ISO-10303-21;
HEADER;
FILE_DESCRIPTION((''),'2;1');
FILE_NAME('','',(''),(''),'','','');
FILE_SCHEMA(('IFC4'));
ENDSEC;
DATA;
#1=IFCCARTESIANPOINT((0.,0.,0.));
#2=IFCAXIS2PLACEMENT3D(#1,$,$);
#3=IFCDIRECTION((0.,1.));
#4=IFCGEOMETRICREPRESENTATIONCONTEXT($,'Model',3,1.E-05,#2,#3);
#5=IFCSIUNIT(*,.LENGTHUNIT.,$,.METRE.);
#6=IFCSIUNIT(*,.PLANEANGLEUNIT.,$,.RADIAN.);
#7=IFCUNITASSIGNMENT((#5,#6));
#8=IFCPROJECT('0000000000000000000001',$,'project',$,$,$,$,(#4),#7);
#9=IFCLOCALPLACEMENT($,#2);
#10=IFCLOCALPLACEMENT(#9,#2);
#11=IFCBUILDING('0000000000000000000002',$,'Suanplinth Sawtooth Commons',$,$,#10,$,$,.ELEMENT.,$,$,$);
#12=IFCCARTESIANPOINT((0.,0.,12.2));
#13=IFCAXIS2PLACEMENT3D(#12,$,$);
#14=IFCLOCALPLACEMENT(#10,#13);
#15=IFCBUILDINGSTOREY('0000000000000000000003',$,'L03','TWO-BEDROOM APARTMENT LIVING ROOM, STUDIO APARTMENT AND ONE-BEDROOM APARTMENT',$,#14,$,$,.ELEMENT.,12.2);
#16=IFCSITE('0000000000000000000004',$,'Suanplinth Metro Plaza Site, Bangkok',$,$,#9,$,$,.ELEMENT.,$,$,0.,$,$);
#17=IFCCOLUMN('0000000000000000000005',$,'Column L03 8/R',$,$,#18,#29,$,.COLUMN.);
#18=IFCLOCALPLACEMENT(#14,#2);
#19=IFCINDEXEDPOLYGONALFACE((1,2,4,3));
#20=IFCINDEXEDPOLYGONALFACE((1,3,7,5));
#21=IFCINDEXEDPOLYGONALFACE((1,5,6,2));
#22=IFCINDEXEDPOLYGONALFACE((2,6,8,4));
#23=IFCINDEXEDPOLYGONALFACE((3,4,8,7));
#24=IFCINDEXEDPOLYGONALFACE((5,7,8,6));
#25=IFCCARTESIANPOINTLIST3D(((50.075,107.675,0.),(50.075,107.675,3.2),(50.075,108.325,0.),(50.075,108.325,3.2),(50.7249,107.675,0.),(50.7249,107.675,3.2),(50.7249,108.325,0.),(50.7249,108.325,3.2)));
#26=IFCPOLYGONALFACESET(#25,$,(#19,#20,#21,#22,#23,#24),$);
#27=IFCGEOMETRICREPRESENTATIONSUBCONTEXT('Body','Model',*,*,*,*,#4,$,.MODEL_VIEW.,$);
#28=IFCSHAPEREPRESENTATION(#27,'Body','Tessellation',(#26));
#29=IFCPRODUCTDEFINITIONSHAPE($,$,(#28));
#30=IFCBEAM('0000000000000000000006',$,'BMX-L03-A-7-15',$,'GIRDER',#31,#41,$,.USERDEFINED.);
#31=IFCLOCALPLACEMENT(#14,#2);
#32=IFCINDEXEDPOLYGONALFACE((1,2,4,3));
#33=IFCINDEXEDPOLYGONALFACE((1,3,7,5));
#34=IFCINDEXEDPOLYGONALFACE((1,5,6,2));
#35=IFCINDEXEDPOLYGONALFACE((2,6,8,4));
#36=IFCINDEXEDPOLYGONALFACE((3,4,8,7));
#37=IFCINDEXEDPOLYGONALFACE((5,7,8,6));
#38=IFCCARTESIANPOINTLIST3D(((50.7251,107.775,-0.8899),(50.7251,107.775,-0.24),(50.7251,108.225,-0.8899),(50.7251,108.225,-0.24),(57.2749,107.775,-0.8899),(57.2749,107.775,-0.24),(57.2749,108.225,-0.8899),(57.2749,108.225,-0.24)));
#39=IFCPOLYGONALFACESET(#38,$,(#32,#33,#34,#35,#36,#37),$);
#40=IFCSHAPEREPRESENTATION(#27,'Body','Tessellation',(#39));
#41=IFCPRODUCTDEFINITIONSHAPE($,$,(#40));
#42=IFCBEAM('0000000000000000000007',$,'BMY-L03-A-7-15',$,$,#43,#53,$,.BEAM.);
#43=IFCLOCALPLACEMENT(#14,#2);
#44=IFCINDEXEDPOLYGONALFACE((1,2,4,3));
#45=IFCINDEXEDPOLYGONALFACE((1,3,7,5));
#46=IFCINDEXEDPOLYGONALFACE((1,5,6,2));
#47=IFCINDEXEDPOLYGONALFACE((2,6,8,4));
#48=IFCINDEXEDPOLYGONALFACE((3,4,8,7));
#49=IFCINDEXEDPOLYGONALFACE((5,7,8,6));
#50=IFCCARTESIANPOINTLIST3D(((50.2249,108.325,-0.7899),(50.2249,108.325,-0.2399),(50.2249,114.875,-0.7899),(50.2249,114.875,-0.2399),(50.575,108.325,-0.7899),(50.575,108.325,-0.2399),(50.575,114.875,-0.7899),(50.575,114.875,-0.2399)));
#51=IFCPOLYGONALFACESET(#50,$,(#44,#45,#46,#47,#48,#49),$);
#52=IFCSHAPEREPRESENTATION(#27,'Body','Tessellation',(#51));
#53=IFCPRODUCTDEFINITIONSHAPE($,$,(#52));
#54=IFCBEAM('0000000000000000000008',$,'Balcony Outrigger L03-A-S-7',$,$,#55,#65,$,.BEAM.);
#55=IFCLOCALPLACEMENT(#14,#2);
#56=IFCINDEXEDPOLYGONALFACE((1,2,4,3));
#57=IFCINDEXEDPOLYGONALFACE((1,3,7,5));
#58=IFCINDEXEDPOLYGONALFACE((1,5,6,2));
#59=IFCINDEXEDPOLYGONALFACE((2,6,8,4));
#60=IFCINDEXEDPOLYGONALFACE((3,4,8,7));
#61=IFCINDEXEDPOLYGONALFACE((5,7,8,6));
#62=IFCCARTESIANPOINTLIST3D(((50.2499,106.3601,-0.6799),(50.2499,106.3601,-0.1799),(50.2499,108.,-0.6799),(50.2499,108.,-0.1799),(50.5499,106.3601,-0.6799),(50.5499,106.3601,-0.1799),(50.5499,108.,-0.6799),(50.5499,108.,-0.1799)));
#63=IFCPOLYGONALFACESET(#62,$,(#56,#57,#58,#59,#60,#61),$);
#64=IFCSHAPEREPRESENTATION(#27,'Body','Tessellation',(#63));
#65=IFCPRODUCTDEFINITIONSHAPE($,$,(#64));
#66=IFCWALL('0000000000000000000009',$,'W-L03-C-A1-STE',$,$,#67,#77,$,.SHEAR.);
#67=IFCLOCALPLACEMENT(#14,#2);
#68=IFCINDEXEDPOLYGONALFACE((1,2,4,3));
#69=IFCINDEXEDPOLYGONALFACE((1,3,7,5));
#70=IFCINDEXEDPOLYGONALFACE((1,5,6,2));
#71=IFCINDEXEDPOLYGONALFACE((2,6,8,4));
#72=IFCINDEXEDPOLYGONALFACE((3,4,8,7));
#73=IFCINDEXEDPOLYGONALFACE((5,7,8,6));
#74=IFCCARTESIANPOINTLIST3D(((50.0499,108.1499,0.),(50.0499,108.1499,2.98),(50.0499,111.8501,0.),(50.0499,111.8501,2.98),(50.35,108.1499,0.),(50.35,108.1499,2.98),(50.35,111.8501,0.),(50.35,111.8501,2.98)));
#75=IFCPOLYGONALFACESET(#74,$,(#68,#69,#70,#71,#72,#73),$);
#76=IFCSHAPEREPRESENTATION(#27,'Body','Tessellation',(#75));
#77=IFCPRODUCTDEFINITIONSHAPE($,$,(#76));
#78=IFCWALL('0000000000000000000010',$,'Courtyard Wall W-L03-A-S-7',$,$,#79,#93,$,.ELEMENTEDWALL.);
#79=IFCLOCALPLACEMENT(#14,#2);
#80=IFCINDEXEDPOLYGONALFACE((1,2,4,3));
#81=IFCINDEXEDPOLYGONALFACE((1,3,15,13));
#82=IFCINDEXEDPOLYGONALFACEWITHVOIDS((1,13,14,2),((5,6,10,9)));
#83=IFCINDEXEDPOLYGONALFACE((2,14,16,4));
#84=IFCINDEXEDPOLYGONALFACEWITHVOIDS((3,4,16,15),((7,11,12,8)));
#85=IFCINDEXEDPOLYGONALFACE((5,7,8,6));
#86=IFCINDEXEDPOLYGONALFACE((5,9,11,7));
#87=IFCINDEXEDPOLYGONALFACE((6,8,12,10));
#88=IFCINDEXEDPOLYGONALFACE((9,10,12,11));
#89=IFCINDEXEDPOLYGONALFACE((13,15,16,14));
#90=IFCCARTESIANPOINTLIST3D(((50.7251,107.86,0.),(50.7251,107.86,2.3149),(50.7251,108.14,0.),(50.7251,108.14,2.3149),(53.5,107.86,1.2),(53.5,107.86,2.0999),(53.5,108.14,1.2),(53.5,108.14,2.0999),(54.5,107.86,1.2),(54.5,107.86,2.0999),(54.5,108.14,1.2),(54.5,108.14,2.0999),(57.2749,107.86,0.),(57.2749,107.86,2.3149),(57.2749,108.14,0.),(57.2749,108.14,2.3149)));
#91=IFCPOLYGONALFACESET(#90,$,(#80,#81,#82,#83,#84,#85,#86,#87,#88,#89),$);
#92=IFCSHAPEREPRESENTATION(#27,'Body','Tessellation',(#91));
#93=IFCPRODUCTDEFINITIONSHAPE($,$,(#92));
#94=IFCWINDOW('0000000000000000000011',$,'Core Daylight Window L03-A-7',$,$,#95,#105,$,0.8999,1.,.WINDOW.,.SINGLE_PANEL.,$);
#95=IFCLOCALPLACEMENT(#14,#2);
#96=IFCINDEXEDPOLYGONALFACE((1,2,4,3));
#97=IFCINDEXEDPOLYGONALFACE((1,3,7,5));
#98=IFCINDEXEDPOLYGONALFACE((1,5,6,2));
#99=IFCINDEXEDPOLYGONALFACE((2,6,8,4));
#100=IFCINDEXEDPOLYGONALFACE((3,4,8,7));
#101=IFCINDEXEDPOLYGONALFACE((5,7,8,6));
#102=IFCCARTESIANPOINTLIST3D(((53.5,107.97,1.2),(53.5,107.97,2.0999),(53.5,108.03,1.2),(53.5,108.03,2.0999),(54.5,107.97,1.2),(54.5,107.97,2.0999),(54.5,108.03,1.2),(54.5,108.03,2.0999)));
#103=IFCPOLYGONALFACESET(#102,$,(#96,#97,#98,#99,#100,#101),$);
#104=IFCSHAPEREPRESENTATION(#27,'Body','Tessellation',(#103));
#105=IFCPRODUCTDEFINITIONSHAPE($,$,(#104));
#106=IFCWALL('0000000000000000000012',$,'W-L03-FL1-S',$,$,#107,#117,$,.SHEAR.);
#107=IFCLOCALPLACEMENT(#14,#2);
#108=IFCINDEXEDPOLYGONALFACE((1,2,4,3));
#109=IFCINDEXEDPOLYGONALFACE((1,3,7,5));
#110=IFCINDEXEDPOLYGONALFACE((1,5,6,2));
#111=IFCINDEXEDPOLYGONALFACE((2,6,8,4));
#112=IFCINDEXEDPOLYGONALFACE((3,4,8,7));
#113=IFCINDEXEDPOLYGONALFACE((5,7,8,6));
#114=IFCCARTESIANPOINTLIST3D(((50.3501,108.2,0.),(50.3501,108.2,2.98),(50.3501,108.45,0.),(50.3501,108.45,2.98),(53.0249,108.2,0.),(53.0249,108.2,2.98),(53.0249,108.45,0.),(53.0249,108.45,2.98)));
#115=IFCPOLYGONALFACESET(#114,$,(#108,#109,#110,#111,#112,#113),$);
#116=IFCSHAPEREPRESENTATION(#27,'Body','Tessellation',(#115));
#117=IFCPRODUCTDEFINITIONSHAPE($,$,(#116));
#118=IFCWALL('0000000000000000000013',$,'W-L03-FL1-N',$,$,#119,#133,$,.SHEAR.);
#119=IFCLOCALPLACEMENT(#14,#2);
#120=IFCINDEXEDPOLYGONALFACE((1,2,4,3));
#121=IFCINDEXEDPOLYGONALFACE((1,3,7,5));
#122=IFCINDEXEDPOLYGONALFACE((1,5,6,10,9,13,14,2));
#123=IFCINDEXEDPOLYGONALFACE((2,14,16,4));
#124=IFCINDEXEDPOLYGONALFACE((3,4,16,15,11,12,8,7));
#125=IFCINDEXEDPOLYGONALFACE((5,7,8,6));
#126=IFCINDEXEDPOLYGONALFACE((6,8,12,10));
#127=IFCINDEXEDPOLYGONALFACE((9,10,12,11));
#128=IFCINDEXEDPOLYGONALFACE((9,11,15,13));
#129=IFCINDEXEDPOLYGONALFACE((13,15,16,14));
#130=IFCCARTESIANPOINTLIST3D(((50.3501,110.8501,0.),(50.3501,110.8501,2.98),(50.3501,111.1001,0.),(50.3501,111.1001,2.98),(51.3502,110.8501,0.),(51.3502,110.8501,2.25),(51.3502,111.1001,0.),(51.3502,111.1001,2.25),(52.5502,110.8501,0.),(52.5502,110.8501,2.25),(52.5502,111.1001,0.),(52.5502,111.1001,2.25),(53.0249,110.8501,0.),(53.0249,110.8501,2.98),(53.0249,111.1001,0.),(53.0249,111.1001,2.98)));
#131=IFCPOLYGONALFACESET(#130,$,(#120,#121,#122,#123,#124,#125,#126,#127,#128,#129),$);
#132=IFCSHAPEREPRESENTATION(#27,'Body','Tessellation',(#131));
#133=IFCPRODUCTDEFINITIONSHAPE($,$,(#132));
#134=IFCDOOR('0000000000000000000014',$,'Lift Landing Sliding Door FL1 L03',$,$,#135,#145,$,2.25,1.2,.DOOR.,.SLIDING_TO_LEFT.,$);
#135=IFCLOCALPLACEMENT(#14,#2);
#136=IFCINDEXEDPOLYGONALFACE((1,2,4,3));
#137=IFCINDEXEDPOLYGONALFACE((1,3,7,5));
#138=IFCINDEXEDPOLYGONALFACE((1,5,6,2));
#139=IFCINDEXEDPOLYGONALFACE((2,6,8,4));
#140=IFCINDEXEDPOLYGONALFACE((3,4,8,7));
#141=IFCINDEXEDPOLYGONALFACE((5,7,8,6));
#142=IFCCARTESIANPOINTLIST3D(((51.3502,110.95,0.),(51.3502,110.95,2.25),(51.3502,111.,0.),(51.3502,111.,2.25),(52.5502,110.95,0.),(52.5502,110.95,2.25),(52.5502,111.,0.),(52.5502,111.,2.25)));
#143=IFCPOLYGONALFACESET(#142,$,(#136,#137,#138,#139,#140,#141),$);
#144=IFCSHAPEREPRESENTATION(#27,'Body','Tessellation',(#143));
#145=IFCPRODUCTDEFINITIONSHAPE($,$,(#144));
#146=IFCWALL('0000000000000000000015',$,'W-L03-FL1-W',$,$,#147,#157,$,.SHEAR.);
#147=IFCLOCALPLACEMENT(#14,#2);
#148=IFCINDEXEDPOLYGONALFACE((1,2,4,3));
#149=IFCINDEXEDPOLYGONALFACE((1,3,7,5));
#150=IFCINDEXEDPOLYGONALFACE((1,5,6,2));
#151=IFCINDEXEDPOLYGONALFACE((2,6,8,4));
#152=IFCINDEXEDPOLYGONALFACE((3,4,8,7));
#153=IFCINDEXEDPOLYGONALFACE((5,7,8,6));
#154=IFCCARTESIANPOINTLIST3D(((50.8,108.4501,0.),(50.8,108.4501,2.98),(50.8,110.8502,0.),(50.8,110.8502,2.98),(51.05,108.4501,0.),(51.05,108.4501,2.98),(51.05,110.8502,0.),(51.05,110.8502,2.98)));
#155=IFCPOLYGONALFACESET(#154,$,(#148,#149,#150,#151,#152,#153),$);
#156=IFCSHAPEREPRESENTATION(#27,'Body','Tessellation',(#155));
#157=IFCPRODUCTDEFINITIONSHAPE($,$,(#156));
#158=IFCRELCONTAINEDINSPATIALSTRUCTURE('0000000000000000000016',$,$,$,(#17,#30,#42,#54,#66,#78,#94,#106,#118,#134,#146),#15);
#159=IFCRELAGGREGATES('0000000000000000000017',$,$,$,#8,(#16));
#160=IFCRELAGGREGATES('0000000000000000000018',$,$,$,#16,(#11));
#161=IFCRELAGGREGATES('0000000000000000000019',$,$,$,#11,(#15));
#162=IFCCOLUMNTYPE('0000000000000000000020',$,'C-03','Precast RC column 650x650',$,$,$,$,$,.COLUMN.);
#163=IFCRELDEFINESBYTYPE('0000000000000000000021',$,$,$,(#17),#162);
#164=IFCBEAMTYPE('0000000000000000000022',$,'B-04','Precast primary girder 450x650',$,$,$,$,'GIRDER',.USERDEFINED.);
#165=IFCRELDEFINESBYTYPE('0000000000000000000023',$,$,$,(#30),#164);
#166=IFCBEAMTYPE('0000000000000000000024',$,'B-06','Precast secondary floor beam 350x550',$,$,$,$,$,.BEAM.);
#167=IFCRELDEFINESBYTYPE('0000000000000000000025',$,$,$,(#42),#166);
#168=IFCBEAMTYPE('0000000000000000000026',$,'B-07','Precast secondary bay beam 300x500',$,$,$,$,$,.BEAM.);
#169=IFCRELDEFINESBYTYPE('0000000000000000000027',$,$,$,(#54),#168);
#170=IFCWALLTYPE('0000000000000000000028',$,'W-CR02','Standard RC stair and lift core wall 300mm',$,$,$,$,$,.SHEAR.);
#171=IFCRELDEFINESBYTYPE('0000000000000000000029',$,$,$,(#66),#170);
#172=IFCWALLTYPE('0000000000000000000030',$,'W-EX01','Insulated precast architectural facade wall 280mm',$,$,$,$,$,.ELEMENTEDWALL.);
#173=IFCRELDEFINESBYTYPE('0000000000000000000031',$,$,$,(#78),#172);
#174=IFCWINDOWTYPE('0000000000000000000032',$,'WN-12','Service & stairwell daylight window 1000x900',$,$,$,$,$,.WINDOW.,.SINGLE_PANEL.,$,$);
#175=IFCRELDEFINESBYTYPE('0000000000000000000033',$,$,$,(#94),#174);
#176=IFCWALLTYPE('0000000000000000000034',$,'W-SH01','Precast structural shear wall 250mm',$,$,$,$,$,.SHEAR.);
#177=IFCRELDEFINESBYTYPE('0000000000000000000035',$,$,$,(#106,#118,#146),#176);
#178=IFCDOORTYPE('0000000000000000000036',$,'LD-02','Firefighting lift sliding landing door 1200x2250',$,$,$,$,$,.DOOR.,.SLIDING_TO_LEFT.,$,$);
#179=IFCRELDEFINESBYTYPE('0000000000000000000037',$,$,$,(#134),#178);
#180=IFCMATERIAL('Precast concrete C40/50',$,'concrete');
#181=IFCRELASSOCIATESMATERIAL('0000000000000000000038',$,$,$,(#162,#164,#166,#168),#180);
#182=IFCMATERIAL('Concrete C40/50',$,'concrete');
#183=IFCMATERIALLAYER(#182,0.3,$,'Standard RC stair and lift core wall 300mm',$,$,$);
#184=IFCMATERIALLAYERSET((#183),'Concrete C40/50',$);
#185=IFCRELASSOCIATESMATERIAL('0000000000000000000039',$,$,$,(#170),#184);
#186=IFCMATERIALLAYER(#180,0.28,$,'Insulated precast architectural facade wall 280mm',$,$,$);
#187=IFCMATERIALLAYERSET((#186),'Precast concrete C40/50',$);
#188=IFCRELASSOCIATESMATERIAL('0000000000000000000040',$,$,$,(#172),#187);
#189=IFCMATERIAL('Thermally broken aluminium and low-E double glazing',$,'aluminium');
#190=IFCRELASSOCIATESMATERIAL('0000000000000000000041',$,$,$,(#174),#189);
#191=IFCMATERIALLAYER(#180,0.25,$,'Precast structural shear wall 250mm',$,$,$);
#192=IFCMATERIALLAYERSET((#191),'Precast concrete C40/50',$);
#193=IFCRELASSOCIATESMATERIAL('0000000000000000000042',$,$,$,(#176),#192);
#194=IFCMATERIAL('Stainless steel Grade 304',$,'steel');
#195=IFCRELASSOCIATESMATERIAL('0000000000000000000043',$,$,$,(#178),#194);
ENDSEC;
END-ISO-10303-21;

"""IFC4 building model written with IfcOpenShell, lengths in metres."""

from ifc_helpers import new_model, si_unit, direction, frame, frame_2d, origin, origin_2d, place, context, subcontext, project, spatial, rectangle, extrude, material, layer, layer_set, material_profile, profile_set, type_object, element, fill, save


model = new_model("IFC4")

# Units and contexts
model_context = context("Model", 3, precision=1e-05, world=origin(), true_north=direction((0.0, 1.0)))
body_context = subcontext(model_context, "Body", "Model", "MODEL_VIEW")
ifc_project = project(units=[si_unit("LENGTHUNIT", "METRE"), si_unit("PLANEANGLEUNIT", "RADIAN")], contexts=[model_context])

# Site, building, storey
site_placement = place(None, origin())
site = spatial("IfcSite", under=ifc_project, at=site_placement, Name="Suanplinth Metro Plaza Site, Bangkok", CompositionType="ELEMENT", RefElevation=0.0)
building_placement = place(site_placement, origin())
building = spatial("IfcBuilding", under=site, at=building_placement, Name="Suanplinth Sawtooth Commons", CompositionType="ELEMENT")
storey_placement = place(building_placement, frame((0.0, 0.0, 12.2)))
storey = spatial("IfcBuildingStorey", under=building, at=storey_placement, Name="L03", Description="TWO-BEDROOM APARTMENT LIVING ROOM, STUDIO APARTMENT AND ONE-BEDROOM APARTMENT", CompositionType="ELEMENT", Elevation=12.2)

# Column
ifc_material_1 = material(Name="Precast concrete C40/50", Category="concrete")
ifc_material_profile_1 = material_profile(ifc_material_1, rectangle(XDim=0.6499, YDim=0.6499, at=origin_2d()), Name="PC-COL 650x650")
ifc_profile_set_1 = profile_set([ifc_material_profile_1], Name="Precast concrete C40/50")
column_type = type_object("IfcColumnType", Name="C-03", Description="Precast RC column 650x650", PredefinedType="COLUMN", material=ifc_profile_set_1)
column_placement = place(storey_placement, frame((50.3999, 108.0, 0.0), z_axis=(0.0, 0.0, 1.0), x_axis=(1.0, 0.0, 0.0)))
element("IfcColumn", 1, at=column_placement, inside=storey, type_object=column_type, Name="Column L03 8/R", PredefinedType="COLUMN", context=body_context, shape_type="SweptSolid", body=[
    extrude(rectangle(XDim=0.6499, YDim=0.6499, at=origin_2d()), origin(), (0.0, 0.0, 1.0), 3.2),
])

# Beams
ifc_material_profile_2 = material_profile(ifc_material_1, rectangle(XDim=0.45, YDim=0.6499, at=origin_2d()), Name="PC-GDR 450x650")
ifc_profile_set_2 = profile_set([ifc_material_profile_2], Name="Precast concrete C40/50")
beam_type_1 = type_object("IfcBeamType", Name="B-04", Description="Precast primary girder 450x650", ElementType="GIRDER", PredefinedType="USERDEFINED", material=ifc_profile_set_2)
beam_1_placement = place(storey_placement, frame((50.7251, 108.0, -0.5649), z_axis=(1.0, 0.0, 0.0), x_axis=(0.0, 1.0, 0.0)))
element("IfcBeam", 2, at=beam_1_placement, inside=storey, type_object=beam_type_1, Name="BMX-L03-A-7-15", ObjectType="GIRDER", PredefinedType="USERDEFINED", context=body_context, shape_type="SweptSolid", body=[
    extrude(rectangle(XDim=0.45, YDim=0.6499, at=origin_2d()), origin(), (0.0, 0.0, 1.0), 6.5498),
])
ifc_material_profile_3 = material_profile(ifc_material_1, rectangle(XDim=0.3501, YDim=0.55, at=origin_2d()), Name="PC-BM 350x550")
ifc_profile_set_3 = profile_set([ifc_material_profile_3], Name="Precast concrete C40/50")
beam_type_2 = type_object("IfcBeamType", Name="B-06", Description="Precast secondary floor beam 350x550", PredefinedType="BEAM", material=ifc_profile_set_3)
beam_2_placement = place(storey_placement, frame((50.3999, 108.325, -0.5149), z_axis=(0.0, 1.0, 0.0), x_axis=(-1.0, 0.0, 0.0)))
element("IfcBeam", 3, at=beam_2_placement, inside=storey, type_object=beam_type_2, Name="BMY-L03-A-7-15", PredefinedType="BEAM", context=body_context, shape_type="SweptSolid", body=[
    extrude(rectangle(XDim=0.3501, YDim=0.55, at=origin_2d()), origin(), (0.0, 0.0, 1.0), 6.55),
])
ifc_material_profile_4 = material_profile(ifc_material_1, rectangle(XDim=0.3, YDim=0.5, at=origin_2d()), Name="PC-BM 300x500")
ifc_profile_set_4 = profile_set([ifc_material_profile_4], Name="Precast concrete C40/50")
beam_type_3 = type_object("IfcBeamType", Name="B-07", Description="Precast secondary bay beam 300x500", PredefinedType="BEAM", material=ifc_profile_set_4)
beam_3_placement = place(storey_placement, frame((50.3999, 108.0, -0.4299), z_axis=(0.0, -1.0, 0.0), x_axis=(1.0, 0.0, 0.0)))
element("IfcBeam", 4, at=beam_3_placement, inside=storey, type_object=beam_type_3, Name="Balcony Outrigger L03-A-S-7", PredefinedType="BEAM", context=body_context, shape_type="SweptSolid", body=[
    extrude(rectangle(XDim=0.3, YDim=0.5, at=origin_2d()), origin(), (0.0, 0.0, 1.0), 1.6399),
])

# Wall
ifc_material_2 = material(Name="Concrete C40/50", Category="concrete")
ifc_layer_1 = layer(ifc_material_2, 0.3, Name="Standard RC stair and lift core wall 300mm")
ifc_layer_set_1 = layer_set([ifc_layer_1], Name="Concrete C40/50")
wall_type_1 = type_object("IfcWallType", Name="W-CR02", Description="Standard RC stair and lift core wall 300mm", PredefinedType="SHEAR", material=ifc_layer_set_1)
wall_1_placement = place(storey_placement, frame((50.2, 108.1499, 0.0), z_axis=(0.0, 0.0, 1.0), x_axis=(0.0, 1.0, 0.0)))
element("IfcWall", 5, at=wall_1_placement, inside=storey, type_object=wall_type_1, Name="W-L03-C-A1-STE", PredefinedType="SHEAR", context=body_context, shape_type="SweptSolid", body=[
    extrude(rectangle(XDim=3.7002, YDim=0.3, at=frame_2d((1.8501, 0.0))), origin(), (0.0, 0.0, 1.0), 2.98),
])

# Wall, opening, window
ifc_layer_2 = layer(ifc_material_1, 0.28, Name="Insulated precast architectural facade wall 280mm")
ifc_layer_set_2 = layer_set([ifc_layer_2], Name="Precast concrete C40/50")
wall_type_2 = type_object("IfcWallType", Name="W-EX01", Description="Insulated precast architectural facade wall 280mm", PredefinedType="ELEMENTEDWALL", material=ifc_layer_set_2)
wall_2_placement = place(storey_placement, frame((50.7251, 108.0, 0.0), z_axis=(0.0, 0.0, 1.0), x_axis=(1.0, 0.0, 0.0)))
wall_2 = element("IfcWall", 6, at=wall_2_placement, inside=storey, type_object=wall_type_2, Name="Courtyard Wall W-L03-A-S-7", PredefinedType="ELEMENTEDWALL", context=body_context, shape_type="SweptSolid", body=[
    extrude(rectangle(XDim=6.5498, YDim=0.28, at=frame_2d((3.2749, 0.0))), origin(), (0.0, 0.0, 1.0), 2.3149),
])
opening_1_placement = place(wall_2_placement, frame((2.7749, 0.0, 1.2)))
opening_1 = element("IfcOpeningElement", 7, at=opening_1_placement, cuts=wall_2, PredefinedType="OPENING", context=body_context, shape_type="SweptSolid", body=[
    extrude(rectangle(XDim=1.0, YDim=0.8999, at=frame_2d((0.5, 0.45))), frame((0.0, 0.1548, 0.0), z_axis=(0.0, -1.0, 0.0), x_axis=(1.0, 0.0, 0.0)), (0.0, 0.0, 1.0), 0.3098),
])
ifc_material_3 = material(Name="Thermally broken aluminium and low-E double glazing", Category="aluminium")
window_type = type_object("IfcWindowType", Name="WN-12", Description="Service & stairwell daylight window 1000x900", PartitioningType="SINGLE_PANEL", PredefinedType="WINDOW", material=ifc_material_3)
window_placement = place(opening_1_placement, origin())
window = element("IfcWindow", 8, at=window_placement, inside=storey, type_object=window_type, Name="Core Daylight Window L03-A-7", OverallHeight=0.8999, OverallWidth=1.0, PartitioningType="SINGLE_PANEL", PredefinedType="WINDOW", context=body_context, shape_type="SweptSolid", body=[
    extrude(rectangle(XDim=1.0, YDim=0.8999, at=frame_2d((0.5, 0.45))), frame((0.0, 0.03, 0.0), z_axis=(0.0, -1.0, 0.0), x_axis=(1.0, 0.0, 0.0)), (0.0, 0.0, 1.0), 0.0601),
])
fill(opening_1, window)

# Wall
ifc_layer_3 = layer(ifc_material_1, 0.25, Name="Precast structural shear wall 250mm")
ifc_layer_set_3 = layer_set([ifc_layer_3], Name="Precast concrete C40/50")
wall_type_3 = type_object("IfcWallType", Name="W-SH01", Description="Precast structural shear wall 250mm", PredefinedType="SHEAR", material=ifc_layer_set_3)
wall_3_placement = place(storey_placement, frame((50.3501, 108.325, 0.0), z_axis=(0.0, 0.0, 1.0), x_axis=(1.0, 0.0, 0.0)))
element("IfcWall", 9, at=wall_3_placement, inside=storey, type_object=wall_type_3, Name="W-L03-FL1-S", PredefinedType="SHEAR", context=body_context, shape_type="SweptSolid", body=[
    extrude(rectangle(XDim=2.6748, YDim=0.25, at=frame_2d((1.3374, 0.0))), origin(), (0.0, 0.0, 1.0), 2.98),
])

# Wall, opening, door
wall_4_placement = place(storey_placement, frame((50.3501, 110.9751, 0.0), z_axis=(0.0, 0.0, 1.0), x_axis=(1.0, 0.0, 0.0)))
wall_4 = element("IfcWall", 10, at=wall_4_placement, inside=storey, type_object=wall_type_3, Name="W-L03-FL1-N", PredefinedType="SHEAR", context=body_context, shape_type="SweptSolid", body=[
    extrude(rectangle(XDim=2.6748, YDim=0.25, at=frame_2d((1.3374, 0.0))), origin(), (0.0, 0.0, 1.0), 2.98),
])
opening_2_placement = place(wall_4_placement, frame((1.0, 0.0, 0.0)))
opening_2 = element("IfcOpeningElement", 11, at=opening_2_placement, cuts=wall_4, PredefinedType="OPENING", context=body_context, shape_type="SweptSolid", body=[
    extrude(rectangle(XDim=1.2, YDim=2.25, at=frame_2d((0.6001, 1.125))), frame((0.0, 0.1399, 0.0), z_axis=(0.0, -1.0, 0.0), x_axis=(1.0, 0.0, 0.0)), (0.0, 0.0, 1.0), 0.2798),
])
ifc_material_4 = material(Name="Stainless steel Grade 304", Category="steel")
door_type = type_object("IfcDoorType", Name="LD-02", Description="Firefighting lift sliding landing door 1200x2250", OperationType="SLIDING_TO_LEFT", PredefinedType="DOOR", material=ifc_material_4)
door_placement = place(opening_2_placement, origin())
door = element("IfcDoor", 12, at=door_placement, inside=storey, type_object=door_type, Name="Lift Landing Sliding Door FL1 L03", OperationType="SLIDING_TO_LEFT", OverallHeight=2.25, OverallWidth=1.2, PredefinedType="DOOR", context=body_context, shape_type="SweptSolid", body=[
    extrude(rectangle(XDim=1.2, YDim=2.25, at=frame_2d((0.6001, 1.125))), frame((0.0, 0.0249, 0.0), z_axis=(0.0, -1.0, 0.0), x_axis=(1.0, 0.0, 0.0)), (0.0, 0.0, 1.0), 0.05),
])
fill(opening_2, door)

# Wall
wall_5_placement = place(storey_placement, frame((50.925, 108.45, 0.0), z_axis=(0.0, 0.0, 1.0), x_axis=(0.0, 1.0, 0.0)))
element("IfcWall", 13, at=wall_5_placement, inside=storey, type_object=wall_type_3, Name="W-L03-FL1-W", PredefinedType="SHEAR", context=body_context, shape_type="SweptSolid", body=[
    extrude(rectangle(XDim=2.4001, YDim=0.25, at=frame_2d((1.2002, 0.0))), origin(), (0.0, 0.0, 1.0), 2.98),
])

save(model, "model.ifc")
